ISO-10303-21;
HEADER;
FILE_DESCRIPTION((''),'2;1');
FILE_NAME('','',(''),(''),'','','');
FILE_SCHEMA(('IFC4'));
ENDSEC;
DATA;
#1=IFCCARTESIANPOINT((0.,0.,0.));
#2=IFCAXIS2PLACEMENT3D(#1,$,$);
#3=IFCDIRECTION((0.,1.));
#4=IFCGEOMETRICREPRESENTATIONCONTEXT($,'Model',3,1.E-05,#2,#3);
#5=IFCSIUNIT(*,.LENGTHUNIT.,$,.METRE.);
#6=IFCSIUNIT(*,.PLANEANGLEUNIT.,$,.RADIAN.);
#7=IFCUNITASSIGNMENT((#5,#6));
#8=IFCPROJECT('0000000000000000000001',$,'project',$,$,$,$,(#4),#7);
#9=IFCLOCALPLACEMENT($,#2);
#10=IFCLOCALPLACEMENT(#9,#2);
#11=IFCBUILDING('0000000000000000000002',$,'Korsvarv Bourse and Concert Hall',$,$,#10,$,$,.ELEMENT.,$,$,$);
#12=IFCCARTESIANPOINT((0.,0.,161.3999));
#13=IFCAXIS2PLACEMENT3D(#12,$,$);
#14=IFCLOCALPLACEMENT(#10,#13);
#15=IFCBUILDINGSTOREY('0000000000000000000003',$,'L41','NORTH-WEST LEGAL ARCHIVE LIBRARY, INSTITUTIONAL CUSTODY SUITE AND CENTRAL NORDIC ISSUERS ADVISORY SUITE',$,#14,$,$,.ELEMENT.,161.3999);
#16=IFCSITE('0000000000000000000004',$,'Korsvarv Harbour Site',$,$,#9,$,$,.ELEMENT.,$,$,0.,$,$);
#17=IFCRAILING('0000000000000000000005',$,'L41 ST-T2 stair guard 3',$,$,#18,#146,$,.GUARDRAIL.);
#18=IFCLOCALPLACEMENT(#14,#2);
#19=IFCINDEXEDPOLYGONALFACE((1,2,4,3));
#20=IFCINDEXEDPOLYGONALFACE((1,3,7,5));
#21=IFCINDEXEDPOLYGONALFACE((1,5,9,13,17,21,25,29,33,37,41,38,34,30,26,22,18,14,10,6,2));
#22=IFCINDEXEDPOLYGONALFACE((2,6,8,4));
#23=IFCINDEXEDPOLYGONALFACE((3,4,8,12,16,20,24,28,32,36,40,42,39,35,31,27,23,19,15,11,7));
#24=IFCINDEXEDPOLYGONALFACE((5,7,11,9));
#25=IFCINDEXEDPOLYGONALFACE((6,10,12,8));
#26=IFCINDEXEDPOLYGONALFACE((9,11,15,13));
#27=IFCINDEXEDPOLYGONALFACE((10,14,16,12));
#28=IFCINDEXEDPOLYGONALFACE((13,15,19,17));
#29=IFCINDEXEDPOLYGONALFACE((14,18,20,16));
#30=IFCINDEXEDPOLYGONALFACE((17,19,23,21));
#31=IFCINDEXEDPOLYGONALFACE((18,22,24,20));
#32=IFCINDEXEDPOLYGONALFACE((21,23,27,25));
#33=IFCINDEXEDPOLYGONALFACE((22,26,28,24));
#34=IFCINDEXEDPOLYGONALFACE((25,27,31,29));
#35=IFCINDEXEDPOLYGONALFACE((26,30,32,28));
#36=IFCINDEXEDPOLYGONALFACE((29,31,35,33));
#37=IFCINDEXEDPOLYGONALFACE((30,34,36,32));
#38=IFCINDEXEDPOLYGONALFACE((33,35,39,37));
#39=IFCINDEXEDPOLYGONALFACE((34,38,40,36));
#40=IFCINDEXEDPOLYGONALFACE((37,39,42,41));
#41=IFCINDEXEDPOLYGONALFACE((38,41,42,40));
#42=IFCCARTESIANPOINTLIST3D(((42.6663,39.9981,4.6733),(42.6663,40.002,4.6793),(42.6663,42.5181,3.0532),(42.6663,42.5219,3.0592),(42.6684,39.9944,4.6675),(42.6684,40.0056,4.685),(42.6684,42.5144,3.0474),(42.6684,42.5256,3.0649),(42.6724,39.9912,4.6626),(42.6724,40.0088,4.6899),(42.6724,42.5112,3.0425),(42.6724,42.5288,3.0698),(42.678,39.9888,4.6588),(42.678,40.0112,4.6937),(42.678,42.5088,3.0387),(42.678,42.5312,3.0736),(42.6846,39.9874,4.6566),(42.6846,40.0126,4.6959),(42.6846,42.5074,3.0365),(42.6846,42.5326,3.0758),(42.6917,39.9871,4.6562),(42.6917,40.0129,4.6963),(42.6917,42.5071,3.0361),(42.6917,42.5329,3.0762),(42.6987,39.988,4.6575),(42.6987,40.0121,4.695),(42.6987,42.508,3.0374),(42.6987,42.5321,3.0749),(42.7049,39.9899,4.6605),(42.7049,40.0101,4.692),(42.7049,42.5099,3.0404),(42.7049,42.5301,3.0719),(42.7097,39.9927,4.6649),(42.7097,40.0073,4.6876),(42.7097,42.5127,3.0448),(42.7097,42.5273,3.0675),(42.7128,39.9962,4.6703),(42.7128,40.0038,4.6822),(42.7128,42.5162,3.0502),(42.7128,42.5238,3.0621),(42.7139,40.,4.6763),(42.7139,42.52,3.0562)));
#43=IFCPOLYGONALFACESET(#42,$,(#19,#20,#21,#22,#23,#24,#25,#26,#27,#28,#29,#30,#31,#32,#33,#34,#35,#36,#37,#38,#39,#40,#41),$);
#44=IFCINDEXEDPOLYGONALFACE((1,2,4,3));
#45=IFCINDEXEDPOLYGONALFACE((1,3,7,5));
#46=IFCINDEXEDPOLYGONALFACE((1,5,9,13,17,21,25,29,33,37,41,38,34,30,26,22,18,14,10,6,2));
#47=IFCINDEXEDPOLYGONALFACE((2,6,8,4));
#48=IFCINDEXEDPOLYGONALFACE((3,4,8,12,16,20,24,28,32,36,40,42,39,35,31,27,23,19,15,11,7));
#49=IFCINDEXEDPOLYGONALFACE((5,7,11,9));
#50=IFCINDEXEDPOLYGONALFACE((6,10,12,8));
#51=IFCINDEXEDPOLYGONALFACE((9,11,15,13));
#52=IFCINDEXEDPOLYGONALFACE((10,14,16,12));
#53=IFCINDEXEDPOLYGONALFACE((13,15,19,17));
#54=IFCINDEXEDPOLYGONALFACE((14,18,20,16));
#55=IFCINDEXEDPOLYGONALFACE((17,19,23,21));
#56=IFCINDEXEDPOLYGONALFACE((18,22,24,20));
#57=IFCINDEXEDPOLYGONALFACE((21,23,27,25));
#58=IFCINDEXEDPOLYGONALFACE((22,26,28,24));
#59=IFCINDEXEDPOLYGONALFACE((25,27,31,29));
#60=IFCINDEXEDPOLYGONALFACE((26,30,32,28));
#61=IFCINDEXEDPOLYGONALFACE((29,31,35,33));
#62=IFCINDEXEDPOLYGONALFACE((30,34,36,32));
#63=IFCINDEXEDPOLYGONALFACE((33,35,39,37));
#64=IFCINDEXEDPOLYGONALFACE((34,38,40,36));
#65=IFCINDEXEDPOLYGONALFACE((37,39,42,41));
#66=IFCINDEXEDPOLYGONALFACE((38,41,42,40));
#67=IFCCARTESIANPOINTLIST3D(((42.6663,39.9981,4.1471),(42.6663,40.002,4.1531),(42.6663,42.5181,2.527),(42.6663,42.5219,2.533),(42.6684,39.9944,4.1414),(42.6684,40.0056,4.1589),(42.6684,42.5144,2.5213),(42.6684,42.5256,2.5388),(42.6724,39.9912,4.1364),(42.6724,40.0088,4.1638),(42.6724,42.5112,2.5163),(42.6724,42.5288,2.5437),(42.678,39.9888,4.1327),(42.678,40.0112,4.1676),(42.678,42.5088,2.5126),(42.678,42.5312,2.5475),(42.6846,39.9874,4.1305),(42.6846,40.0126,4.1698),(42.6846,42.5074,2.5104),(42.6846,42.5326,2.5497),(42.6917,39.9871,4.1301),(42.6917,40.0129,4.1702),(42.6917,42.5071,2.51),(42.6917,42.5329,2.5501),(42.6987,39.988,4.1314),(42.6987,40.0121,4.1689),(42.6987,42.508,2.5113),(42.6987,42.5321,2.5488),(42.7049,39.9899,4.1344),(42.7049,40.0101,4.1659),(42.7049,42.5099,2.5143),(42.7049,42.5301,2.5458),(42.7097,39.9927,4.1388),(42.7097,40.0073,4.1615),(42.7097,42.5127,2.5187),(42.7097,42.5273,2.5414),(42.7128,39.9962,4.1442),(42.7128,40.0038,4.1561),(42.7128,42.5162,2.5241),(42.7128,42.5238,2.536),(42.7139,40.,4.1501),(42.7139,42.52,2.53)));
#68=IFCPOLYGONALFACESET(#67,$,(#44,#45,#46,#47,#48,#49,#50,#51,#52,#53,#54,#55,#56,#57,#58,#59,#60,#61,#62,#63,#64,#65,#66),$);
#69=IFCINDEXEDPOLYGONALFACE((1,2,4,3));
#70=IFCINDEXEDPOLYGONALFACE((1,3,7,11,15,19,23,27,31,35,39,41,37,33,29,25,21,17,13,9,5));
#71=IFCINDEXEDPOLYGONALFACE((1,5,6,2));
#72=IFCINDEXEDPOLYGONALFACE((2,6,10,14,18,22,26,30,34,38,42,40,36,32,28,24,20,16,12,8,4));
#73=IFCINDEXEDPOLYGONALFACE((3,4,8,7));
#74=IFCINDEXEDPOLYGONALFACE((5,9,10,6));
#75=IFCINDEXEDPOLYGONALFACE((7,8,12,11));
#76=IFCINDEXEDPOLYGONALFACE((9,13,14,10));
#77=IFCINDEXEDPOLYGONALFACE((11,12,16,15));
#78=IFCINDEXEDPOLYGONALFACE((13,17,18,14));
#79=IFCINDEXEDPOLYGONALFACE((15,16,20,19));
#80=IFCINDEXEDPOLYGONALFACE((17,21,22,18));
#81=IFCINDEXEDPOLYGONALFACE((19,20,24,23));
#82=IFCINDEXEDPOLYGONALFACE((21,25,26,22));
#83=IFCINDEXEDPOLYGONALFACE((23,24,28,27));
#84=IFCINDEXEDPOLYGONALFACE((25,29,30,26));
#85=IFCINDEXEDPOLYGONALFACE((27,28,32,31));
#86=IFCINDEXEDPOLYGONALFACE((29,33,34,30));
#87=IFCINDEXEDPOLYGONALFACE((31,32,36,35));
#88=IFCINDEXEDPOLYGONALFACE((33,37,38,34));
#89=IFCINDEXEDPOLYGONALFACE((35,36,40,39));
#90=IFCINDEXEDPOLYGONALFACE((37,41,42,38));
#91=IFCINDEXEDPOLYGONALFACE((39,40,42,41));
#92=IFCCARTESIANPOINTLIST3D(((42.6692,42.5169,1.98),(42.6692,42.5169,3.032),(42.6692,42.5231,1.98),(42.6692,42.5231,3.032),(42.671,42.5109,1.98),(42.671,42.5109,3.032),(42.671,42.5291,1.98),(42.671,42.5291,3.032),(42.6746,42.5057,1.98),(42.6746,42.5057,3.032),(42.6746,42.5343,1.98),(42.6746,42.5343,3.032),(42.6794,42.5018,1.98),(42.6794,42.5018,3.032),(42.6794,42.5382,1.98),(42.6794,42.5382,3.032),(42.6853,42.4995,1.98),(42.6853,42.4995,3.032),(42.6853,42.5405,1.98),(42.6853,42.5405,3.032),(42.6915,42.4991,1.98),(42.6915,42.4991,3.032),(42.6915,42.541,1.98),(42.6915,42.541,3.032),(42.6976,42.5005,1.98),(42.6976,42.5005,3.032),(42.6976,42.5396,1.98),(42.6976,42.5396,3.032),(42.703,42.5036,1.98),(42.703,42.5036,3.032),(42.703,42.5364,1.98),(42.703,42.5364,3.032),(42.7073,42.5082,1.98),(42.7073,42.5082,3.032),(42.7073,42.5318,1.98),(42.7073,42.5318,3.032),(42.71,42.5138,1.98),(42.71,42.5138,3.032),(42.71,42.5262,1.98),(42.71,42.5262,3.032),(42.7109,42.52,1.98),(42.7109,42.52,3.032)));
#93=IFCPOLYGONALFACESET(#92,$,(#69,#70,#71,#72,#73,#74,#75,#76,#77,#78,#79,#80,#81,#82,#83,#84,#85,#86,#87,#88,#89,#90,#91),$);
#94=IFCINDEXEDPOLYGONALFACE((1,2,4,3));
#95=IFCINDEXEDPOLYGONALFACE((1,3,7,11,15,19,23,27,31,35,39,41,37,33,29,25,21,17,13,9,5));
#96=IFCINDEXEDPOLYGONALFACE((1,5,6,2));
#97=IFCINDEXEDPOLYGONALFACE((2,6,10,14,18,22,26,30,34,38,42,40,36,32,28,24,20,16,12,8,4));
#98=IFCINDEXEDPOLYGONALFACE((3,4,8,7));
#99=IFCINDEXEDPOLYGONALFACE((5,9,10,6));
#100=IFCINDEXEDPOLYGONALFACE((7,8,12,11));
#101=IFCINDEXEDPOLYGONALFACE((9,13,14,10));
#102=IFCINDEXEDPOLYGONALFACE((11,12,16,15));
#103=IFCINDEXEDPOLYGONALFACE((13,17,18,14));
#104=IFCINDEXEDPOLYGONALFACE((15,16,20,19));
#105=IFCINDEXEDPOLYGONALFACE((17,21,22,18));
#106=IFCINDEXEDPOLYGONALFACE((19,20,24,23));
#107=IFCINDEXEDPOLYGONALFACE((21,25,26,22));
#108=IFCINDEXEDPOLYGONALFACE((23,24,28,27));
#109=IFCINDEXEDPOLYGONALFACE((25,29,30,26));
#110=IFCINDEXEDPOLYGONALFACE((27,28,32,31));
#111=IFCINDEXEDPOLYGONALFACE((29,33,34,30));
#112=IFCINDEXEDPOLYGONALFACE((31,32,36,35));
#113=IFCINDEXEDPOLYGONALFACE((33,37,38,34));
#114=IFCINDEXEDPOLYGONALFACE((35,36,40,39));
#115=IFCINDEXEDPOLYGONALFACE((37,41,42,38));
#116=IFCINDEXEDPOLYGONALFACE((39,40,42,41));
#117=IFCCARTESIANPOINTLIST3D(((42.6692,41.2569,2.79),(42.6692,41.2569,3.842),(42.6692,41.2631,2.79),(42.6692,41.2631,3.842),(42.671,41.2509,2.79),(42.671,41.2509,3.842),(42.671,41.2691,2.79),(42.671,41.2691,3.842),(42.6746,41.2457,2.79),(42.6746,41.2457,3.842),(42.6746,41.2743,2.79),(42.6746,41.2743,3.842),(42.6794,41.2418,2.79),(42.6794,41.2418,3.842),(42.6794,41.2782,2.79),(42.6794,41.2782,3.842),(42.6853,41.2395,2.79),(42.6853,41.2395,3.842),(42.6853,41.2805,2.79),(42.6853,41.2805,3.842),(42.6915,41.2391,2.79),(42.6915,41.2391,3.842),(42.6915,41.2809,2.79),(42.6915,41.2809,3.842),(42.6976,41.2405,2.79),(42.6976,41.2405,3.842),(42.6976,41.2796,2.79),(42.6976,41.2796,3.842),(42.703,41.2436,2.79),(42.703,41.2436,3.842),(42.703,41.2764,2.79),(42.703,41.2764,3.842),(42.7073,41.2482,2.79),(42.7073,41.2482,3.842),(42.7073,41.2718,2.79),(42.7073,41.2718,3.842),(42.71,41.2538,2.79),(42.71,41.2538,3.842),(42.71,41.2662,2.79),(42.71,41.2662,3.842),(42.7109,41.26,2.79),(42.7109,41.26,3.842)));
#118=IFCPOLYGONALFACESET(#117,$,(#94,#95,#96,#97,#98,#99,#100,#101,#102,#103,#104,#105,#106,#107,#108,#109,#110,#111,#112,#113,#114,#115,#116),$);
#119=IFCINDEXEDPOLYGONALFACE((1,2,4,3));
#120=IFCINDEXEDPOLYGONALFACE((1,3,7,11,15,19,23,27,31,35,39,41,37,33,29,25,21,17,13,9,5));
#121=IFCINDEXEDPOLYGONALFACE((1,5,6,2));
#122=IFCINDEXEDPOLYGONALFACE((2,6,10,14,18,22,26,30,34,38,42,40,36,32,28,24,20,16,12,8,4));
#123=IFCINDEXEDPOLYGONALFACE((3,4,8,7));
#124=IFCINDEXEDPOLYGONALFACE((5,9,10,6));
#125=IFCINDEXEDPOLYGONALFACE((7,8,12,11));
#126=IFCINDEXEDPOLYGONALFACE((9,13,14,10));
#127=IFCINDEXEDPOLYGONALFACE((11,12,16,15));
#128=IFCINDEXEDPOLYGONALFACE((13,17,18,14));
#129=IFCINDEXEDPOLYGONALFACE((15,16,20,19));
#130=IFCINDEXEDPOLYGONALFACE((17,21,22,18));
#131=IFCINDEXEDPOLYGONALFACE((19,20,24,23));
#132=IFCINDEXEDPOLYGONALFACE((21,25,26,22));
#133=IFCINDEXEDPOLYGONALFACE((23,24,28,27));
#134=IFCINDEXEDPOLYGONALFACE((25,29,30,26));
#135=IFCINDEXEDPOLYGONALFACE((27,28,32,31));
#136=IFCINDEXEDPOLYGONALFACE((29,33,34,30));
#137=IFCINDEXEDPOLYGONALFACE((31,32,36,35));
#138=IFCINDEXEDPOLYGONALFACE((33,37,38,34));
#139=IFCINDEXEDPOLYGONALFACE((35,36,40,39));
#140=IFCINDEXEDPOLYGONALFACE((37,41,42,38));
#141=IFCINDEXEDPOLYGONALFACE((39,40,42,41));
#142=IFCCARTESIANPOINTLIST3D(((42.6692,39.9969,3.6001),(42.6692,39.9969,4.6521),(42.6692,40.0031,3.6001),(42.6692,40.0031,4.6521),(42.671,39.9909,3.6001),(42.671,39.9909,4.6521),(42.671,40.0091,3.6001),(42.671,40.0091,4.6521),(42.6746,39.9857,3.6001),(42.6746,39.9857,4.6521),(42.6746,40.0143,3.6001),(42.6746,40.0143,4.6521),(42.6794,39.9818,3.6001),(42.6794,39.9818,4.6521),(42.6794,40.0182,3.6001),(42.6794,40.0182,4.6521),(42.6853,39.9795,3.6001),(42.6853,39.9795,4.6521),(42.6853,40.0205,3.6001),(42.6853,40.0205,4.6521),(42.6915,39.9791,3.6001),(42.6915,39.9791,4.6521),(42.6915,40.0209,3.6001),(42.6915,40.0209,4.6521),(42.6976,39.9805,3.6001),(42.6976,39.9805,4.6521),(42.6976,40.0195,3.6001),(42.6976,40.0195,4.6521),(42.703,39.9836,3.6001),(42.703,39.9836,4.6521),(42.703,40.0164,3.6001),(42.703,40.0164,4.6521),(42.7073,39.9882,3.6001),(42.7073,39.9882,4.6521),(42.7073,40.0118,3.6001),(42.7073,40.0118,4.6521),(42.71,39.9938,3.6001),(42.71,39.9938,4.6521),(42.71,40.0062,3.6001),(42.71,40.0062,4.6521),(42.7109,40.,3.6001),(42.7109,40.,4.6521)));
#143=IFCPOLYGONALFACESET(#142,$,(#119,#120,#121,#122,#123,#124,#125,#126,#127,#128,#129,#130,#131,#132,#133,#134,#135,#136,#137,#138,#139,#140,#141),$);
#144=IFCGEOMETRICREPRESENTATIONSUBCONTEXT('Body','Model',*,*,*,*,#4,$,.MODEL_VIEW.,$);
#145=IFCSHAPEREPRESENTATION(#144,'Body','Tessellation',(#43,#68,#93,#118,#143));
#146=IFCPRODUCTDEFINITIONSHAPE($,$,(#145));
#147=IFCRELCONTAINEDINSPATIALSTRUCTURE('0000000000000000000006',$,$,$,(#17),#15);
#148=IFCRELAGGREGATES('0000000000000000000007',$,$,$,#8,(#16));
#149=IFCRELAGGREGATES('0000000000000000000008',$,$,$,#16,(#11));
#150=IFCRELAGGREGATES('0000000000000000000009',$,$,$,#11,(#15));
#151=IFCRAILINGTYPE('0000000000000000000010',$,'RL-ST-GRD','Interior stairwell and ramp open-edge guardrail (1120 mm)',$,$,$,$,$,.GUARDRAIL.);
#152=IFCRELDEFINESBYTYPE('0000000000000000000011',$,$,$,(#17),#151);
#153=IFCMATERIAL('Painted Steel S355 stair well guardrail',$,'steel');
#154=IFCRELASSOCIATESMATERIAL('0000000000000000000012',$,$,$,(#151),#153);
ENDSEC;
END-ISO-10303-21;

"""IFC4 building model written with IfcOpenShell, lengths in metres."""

from ifc_helpers import new_model, si_unit, direction, frame, origin, origin_2d, place, context, subcontext, project, spatial, circle, extrude, material, type_object, element, save


model = new_model("IFC4")

# Units and contexts
model_context = context("Model", 3, precision=1e-05, world=origin(), true_north=direction((0.0, 1.0)))
body_context = subcontext(model_context, "Body", "Model", "MODEL_VIEW")
ifc_project = project(units=[si_unit("LENGTHUNIT", "METRE"), si_unit("PLANEANGLEUNIT", "RADIAN")], contexts=[model_context])

# Site, building, storey
site_placement = place(None, origin())
site = spatial("IfcSite", under=ifc_project, at=site_placement, Name="Korsvarv Harbour Site", CompositionType="ELEMENT", RefElevation=0.0)
building_placement = place(site_placement, origin())
building = spatial("IfcBuilding", under=site, at=building_placement, Name="Korsvarv Bourse and Concert Hall", CompositionType="ELEMENT")
storey_placement = place(building_placement, frame((0.0, 0.0, 161.3999)))
storey = spatial("IfcBuildingStorey", under=building, at=storey_placement, Name="L41", Description="NORTH-WEST LEGAL ARCHIVE LIBRARY, INSTITUTIONAL CUSTODY SUITE AND CENTRAL NORDIC ISSUERS ADVISORY SUITE", CompositionType="ELEMENT", Elevation=161.3999)

# Railing
ifc_material_1 = material(Name="Painted Steel S355 stair well guardrail", Category="steel")
railing_type_1 = type_object("IfcRailingType", Name="RL-ST-GRD", Description="Interior stairwell and ramp open-edge guardrail (1120 mm)", PredefinedType="GUARDRAIL", material=ifc_material_1)
railing_1_placement = place(storey_placement, frame((42.6899, 42.52, 1.98)))
element("IfcRailing", 1, at=railing_1_placement, inside=storey, type_object=railing_type_1, Name="L41 ST-T2 stair guard 3", PredefinedType="GUARDRAIL", context=body_context, shape_type="SweptSolid", body=[
    extrude(circle(Radius=0.0239, at=origin_2d()), frame((0.0, 0.0, 1.0762), z_axis=(0.0, -0.841163, 0.540782), x_axis=(1.0, 0.0, 0.0)), (0.0, 0.0, 1.0), 2.9958),
    extrude(circle(Radius=0.0239, at=origin_2d()), frame((0.0, 0.0, 0.55), z_axis=(0.0, -0.841163, 0.540782), x_axis=(1.0, 0.0, 0.0)), (0.0, 0.0, 1.0), 2.9958),
    extrude(circle(Radius=0.021, at=origin_2d()), origin(), (0.0, 0.0, 1.0), 1.052),
    extrude(circle(Radius=0.021, at=origin_2d()), frame((0.0, -1.26, 0.8101)), (0.0, 0.0, 1.0), 1.052),
    extrude(circle(Radius=0.021, at=origin_2d()), frame((0.0, -2.52, 1.6201)), (0.0, 0.0, 1.0), 1.052),
])

save(model, "model.ifc")
